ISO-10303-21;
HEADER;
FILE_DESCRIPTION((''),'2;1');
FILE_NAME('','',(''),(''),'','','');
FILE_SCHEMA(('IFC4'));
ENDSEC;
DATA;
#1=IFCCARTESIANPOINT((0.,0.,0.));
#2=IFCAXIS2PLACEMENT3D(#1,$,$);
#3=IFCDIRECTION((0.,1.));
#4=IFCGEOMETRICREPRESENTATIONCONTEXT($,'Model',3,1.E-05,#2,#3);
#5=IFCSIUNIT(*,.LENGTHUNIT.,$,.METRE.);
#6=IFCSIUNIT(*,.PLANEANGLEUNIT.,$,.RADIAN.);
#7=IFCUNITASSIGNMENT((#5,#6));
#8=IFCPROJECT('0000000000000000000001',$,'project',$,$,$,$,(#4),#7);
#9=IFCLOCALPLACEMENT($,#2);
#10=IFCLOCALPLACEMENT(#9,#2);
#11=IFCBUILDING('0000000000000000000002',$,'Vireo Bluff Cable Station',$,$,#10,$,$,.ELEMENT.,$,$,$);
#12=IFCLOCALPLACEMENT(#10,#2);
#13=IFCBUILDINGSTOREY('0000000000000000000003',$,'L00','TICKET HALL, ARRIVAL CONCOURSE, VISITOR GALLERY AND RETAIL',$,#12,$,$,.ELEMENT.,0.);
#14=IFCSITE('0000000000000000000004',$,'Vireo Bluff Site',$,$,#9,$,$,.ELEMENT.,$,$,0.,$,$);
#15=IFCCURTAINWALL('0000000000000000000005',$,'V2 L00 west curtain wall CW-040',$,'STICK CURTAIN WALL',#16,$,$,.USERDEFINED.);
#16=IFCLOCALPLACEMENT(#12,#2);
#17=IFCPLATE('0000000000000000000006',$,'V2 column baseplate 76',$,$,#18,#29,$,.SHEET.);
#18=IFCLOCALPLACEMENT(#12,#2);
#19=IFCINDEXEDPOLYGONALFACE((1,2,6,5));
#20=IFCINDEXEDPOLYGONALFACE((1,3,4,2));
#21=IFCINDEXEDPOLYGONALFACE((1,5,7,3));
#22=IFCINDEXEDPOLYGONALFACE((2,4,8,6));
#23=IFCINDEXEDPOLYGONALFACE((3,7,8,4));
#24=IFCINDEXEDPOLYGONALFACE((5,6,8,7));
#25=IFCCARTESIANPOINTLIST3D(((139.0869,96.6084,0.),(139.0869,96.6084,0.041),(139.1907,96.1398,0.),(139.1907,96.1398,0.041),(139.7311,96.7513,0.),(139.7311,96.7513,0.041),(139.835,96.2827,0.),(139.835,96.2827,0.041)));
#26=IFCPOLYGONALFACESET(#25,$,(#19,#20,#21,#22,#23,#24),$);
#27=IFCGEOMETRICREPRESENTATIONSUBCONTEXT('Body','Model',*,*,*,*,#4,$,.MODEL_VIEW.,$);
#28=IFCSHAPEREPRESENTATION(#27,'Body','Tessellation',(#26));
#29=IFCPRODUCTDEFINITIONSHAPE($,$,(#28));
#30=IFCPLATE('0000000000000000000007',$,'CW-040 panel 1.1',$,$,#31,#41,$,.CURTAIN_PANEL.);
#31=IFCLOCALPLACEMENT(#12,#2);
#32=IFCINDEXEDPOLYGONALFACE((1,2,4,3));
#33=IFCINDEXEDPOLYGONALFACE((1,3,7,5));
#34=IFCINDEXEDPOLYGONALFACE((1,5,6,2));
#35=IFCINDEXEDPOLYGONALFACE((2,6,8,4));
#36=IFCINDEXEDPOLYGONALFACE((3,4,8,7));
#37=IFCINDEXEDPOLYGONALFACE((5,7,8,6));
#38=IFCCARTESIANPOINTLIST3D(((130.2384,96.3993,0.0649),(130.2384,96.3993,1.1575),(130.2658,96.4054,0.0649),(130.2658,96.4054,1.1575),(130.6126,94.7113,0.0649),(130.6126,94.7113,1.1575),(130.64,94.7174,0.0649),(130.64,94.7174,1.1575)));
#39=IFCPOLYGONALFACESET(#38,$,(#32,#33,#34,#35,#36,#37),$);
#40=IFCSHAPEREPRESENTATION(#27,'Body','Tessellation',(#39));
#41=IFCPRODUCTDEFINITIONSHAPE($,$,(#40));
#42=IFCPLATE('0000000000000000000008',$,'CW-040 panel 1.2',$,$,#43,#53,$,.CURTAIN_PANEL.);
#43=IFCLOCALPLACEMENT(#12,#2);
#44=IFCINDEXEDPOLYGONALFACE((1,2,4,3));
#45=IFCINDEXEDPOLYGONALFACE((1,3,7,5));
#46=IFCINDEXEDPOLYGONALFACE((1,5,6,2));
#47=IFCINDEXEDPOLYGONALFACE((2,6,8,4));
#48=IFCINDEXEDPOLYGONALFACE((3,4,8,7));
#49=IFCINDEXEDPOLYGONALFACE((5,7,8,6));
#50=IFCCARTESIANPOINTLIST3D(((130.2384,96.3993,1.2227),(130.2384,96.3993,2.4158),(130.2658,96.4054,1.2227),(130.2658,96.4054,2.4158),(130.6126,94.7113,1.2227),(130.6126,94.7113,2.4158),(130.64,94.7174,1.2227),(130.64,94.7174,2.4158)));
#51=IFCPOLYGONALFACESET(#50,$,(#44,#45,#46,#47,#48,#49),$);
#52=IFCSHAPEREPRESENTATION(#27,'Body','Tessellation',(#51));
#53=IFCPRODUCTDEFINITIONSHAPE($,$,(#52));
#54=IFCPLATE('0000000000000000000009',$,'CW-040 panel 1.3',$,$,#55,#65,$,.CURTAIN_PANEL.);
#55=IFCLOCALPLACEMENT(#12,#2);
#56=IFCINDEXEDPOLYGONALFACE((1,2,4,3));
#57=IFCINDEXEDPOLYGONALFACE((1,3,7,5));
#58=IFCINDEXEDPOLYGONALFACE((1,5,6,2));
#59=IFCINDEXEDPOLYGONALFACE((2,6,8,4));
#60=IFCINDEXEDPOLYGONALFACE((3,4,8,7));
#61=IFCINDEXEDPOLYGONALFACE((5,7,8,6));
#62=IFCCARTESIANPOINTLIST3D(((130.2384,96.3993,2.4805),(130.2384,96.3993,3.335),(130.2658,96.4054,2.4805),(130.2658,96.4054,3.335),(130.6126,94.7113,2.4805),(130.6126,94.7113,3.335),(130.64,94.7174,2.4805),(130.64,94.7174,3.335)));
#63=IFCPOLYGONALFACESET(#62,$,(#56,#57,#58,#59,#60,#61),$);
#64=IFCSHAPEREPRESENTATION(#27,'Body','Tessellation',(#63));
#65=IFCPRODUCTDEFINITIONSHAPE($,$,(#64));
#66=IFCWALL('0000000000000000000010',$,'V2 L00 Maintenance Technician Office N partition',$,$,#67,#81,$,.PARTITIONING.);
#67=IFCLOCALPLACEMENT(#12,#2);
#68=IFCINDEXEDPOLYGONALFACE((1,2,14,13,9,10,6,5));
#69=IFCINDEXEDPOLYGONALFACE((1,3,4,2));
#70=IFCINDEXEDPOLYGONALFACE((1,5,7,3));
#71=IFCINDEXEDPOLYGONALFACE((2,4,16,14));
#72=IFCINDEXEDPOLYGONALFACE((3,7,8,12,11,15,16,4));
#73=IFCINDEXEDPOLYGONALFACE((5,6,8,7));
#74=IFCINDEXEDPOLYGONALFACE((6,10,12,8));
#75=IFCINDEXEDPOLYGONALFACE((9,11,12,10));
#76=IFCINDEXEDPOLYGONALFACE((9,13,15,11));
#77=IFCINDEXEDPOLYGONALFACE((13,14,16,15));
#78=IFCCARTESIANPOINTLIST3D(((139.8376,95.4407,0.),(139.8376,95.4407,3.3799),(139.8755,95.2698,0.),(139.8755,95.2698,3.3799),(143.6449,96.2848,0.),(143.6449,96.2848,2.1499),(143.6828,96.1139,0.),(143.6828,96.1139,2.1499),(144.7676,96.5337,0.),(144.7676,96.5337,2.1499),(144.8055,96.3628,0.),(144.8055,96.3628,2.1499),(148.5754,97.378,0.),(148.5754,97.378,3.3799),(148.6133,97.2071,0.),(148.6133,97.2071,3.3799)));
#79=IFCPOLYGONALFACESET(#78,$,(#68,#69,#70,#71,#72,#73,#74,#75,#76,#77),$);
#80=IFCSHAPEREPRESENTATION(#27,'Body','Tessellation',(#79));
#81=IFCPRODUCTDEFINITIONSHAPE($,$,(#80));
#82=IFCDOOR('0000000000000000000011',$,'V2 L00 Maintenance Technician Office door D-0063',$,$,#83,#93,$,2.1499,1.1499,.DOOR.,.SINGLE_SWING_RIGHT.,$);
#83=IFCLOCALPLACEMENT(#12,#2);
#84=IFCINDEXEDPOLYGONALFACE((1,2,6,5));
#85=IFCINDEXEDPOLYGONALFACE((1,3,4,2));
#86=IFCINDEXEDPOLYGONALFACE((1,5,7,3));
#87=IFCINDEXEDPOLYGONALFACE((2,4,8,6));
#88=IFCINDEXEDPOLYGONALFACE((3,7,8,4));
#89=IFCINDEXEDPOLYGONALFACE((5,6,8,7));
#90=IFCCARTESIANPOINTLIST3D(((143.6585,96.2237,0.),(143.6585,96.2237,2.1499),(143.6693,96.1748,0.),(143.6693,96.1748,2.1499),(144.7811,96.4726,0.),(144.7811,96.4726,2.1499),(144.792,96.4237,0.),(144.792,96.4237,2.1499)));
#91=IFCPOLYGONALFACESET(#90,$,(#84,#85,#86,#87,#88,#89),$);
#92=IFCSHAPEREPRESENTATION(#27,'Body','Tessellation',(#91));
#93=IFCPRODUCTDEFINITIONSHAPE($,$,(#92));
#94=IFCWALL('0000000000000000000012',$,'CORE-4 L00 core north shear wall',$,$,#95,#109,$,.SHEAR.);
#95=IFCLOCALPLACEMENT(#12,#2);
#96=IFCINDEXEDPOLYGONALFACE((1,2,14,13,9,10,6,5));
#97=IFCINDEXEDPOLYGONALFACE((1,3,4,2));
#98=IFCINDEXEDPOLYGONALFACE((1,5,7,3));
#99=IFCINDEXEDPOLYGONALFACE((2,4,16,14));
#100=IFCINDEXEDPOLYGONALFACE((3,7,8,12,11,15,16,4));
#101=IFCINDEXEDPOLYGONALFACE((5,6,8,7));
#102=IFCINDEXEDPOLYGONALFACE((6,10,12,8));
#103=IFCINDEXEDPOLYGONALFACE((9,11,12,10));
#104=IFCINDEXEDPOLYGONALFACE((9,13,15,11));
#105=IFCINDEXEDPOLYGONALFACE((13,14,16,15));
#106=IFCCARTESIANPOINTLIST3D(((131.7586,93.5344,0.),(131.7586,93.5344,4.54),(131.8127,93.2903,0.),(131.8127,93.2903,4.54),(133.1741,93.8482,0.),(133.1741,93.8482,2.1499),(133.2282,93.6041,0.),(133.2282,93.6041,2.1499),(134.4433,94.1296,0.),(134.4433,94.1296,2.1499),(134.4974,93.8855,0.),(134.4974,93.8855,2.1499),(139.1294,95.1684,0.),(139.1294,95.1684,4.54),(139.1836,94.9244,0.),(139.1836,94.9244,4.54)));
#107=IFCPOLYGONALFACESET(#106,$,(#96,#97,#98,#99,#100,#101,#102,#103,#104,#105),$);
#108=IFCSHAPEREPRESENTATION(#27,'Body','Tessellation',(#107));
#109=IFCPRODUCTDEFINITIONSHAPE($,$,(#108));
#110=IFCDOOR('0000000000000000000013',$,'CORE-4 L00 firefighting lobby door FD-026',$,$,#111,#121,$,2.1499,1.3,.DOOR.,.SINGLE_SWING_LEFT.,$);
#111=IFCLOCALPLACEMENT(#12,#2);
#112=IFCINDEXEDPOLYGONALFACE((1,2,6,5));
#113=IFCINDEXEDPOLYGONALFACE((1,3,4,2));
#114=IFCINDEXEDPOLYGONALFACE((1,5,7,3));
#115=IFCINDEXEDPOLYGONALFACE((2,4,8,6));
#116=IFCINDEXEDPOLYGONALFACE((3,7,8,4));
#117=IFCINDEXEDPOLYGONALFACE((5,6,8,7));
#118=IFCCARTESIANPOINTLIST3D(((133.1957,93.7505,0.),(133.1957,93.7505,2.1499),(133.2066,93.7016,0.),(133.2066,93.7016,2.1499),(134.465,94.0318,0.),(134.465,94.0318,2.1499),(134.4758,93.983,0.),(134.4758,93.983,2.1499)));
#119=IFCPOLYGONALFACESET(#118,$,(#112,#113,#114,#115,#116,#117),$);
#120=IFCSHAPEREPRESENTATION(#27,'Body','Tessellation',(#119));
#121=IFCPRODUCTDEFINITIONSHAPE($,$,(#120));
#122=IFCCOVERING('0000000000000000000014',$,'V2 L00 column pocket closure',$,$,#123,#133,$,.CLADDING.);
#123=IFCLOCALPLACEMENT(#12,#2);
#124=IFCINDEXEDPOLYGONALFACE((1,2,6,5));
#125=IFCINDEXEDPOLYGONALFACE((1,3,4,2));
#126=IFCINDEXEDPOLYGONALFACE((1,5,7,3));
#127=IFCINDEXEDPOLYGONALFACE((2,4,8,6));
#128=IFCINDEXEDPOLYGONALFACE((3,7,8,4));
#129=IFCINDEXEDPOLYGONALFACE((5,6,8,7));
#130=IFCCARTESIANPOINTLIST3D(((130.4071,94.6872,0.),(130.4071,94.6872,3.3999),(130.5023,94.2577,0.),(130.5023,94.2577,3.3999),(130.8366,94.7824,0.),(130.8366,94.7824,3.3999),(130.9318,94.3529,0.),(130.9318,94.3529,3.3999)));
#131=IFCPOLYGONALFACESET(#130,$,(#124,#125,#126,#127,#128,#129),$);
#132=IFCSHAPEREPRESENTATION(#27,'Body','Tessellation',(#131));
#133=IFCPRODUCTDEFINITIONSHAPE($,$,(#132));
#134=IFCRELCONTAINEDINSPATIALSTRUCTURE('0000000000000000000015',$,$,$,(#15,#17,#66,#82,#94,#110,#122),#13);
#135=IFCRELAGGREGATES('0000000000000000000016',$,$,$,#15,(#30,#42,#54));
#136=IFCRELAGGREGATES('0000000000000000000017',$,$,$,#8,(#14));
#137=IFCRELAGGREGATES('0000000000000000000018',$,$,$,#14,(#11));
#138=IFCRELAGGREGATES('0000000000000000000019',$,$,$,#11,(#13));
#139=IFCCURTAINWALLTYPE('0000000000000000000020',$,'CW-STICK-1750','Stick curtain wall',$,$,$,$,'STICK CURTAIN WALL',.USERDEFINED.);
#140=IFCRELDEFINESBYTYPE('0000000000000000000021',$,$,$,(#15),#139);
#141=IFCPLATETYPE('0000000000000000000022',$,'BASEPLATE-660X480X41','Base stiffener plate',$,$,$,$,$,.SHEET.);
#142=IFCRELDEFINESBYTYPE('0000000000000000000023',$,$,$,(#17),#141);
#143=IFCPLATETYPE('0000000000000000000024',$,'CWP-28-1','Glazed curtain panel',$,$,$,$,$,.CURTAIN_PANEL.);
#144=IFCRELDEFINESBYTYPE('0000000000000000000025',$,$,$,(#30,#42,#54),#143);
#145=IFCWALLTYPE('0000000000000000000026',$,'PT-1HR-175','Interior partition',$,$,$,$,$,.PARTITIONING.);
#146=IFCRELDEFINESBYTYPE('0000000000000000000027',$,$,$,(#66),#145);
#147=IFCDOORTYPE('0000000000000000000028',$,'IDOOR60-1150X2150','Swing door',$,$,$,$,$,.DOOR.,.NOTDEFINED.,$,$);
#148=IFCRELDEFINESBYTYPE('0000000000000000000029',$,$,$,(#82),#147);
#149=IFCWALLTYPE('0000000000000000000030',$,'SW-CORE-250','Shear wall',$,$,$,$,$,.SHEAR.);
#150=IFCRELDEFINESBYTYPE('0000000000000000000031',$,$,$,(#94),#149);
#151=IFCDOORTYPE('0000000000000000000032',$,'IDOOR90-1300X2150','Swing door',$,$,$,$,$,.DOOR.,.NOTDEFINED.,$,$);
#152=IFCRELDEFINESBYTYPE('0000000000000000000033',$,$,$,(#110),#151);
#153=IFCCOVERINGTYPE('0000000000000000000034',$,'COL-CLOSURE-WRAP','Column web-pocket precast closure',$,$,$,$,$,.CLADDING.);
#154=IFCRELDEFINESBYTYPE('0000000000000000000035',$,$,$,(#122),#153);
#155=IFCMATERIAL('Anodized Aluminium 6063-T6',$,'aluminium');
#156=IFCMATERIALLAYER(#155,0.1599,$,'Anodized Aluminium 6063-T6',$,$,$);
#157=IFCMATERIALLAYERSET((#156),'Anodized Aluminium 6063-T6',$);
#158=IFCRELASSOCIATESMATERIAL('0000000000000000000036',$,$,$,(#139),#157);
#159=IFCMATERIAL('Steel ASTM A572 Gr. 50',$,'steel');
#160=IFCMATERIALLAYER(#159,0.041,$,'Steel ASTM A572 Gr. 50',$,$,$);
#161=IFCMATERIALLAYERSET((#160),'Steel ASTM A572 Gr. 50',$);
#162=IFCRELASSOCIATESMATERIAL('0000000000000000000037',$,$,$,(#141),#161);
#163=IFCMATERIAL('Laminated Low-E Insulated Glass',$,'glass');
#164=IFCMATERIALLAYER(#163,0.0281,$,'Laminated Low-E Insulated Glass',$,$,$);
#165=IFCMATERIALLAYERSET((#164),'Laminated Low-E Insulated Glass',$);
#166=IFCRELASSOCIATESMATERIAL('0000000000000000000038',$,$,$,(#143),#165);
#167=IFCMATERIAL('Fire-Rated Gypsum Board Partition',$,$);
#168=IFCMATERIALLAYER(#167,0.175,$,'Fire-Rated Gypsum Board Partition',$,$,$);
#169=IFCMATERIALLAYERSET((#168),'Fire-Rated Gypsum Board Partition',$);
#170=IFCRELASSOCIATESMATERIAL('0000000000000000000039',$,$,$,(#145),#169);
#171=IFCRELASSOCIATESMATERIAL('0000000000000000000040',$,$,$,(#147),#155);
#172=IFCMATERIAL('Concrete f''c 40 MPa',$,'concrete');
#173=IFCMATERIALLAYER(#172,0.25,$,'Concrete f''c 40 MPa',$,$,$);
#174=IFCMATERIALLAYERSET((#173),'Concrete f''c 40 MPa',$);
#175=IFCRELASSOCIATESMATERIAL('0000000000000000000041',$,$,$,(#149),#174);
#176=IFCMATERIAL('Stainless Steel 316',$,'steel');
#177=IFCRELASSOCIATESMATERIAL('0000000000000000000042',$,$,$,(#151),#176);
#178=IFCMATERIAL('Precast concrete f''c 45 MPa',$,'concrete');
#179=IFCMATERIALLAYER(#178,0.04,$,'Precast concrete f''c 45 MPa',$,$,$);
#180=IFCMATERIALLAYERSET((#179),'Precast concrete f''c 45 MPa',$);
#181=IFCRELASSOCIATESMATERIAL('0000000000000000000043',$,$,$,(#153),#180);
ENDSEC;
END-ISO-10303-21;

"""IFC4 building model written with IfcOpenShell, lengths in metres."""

from ifc_helpers import new_model, si_unit, direction, frame, frame_2d, origin, origin_with_axes, origin_2d, place, context, subcontext, project, spatial, rectangle, extrude, material, layer, layer_set, type_object, element, fill, aggregate, save


model = new_model("IFC4")

# Units and contexts
model_context = context("Model", 3, precision=1e-05, world=origin(), true_north=direction((0.0, 1.0)))
body_context = subcontext(model_context, "Body", "Model", "MODEL_VIEW")
ifc_project = project(units=[si_unit("LENGTHUNIT", "METRE"), si_unit("PLANEANGLEUNIT", "RADIAN")], contexts=[model_context])

# Site, building, storey
site_placement = place(None, origin())
site = spatial("IfcSite", under=ifc_project, at=site_placement, Name="Vireo Bluff Site", CompositionType="ELEMENT", RefElevation=0.0)
building_placement = place(site_placement, origin())
building = spatial("IfcBuilding", under=site, at=building_placement, Name="Vireo Bluff Cable Station", CompositionType="ELEMENT")
storey_placement = place(building_placement, origin())
storey = spatial("IfcBuildingStorey", under=building, at=storey_placement, Name="L00", Description="TICKET HALL, ARRIVAL CONCOURSE, VISITOR GALLERY AND RETAIL", CompositionType="ELEMENT", Elevation=0.0)

# Shared definitions
ifc_material_1 = material(Name="Concrete f'c 40 MPa", Category="concrete")

# Curtain wall
ifc_material_2 = material(Name="Anodized Aluminium 6063-T6", Category="aluminium")
ifc_layer_1 = layer(ifc_material_2, 0.1599, Name="Anodized Aluminium 6063-T6")
ifc_layer_set_1 = layer_set([ifc_layer_1], Name="Anodized Aluminium 6063-T6")
curtain_wall_type = type_object("IfcCurtainWallType", Name="CW-STICK-1750", Description="Stick curtain wall", ElementType="STICK CURTAIN WALL", PredefinedType="USERDEFINED", material=ifc_layer_set_1)
curtain_wall_placement = place(storey_placement, origin())
curtain_wall = element("IfcCurtainWall", 1, at=curtain_wall_placement, inside=storey, type_object=curtain_wall_type, Name="V2 L00 west curtain wall CW-040", ObjectType="STICK CURTAIN WALL", PredefinedType="USERDEFINED")

# Plate
ifc_material_3 = material(Name="Steel ASTM A572 Gr. 50", Category="steel")
ifc_layer_2 = layer(ifc_material_3, 0.041, Name="Steel ASTM A572 Gr. 50")
ifc_layer_set_2 = layer_set([ifc_layer_2], Name="Steel ASTM A572 Gr. 50")
plate_type_1 = type_object("IfcPlateType", Name="BASEPLATE-660X480X41", Description="Base stiffener plate", PredefinedType="SHEET", material=ifc_layer_set_2)
plate_1_placement = place(storey_placement, frame((139.4609, 96.4456, 0.0), z_axis=(0.0, 0.0, 1.0), x_axis=(0.976296, 0.21644, 0.0)))
element("IfcPlate", 2, at=plate_1_placement, inside=storey, type_object=plate_type_1, Name="V2 column baseplate 76", PredefinedType="SHEET", context=body_context, shape_type="SweptSolid", body=[
    extrude(rectangle(XDim=0.6599, YDim=0.48, at=origin_2d()), origin(), (0.0, 0.0, 1.0), 0.041),
])

# Plates
ifc_material_4 = material(Name="Laminated Low-E Insulated Glass", Category="glass")
ifc_layer_3 = layer(ifc_material_4, 0.0281, Name="Laminated Low-E Insulated Glass")
ifc_layer_set_3 = layer_set([ifc_layer_3], Name="Laminated Low-E Insulated Glass")
plate_type_2 = type_object("IfcPlateType", Name="CWP-28-1", Description="Glazed curtain panel", PredefinedType="CURTAIN_PANEL", material=ifc_layer_set_3)
plate_2_placement = place(storey_placement, frame((130.4392, 95.5583, 0.0649), z_axis=(0.0, 0.0, 1.0), x_axis=(-0.21644, 0.976296, 0.0)))
plate_2 = element("IfcPlate", 3, at=plate_2_placement, type_object=plate_type_2, Name="CW-040 panel 1.1", PredefinedType="CURTAIN_PANEL", context=body_context, shape_type="SweptSolid", body=[
    extrude(rectangle(XDim=1.729, YDim=0.0281, at=origin_2d()), origin(), (0.0, 0.0, 1.0), 1.0925),
])
plate_3_placement = place(storey_placement, frame((130.4392, 95.5583, 1.2227), z_axis=(0.0, 0.0, 1.0), x_axis=(-0.21644, 0.976296, 0.0)))
plate_3 = element("IfcPlate", 4, at=plate_3_placement, type_object=plate_type_2, Name="CW-040 panel 1.2", PredefinedType="CURTAIN_PANEL", context=body_context, shape_type="SweptSolid", body=[
    extrude(rectangle(XDim=1.729, YDim=0.0281, at=origin_2d()), origin(), (0.0, 0.0, 1.0), 1.1931),
])
plate_4_placement = place(storey_placement, frame((130.4392, 95.5583, 2.4805), z_axis=(0.0, 0.0, 1.0), x_axis=(-0.21644, 0.976296, 0.0)))
plate_4 = element("IfcPlate", 5, at=plate_4_placement, type_object=plate_type_2, Name="CW-040 panel 1.3", PredefinedType="CURTAIN_PANEL", context=body_context, shape_type="SweptSolid", body=[
    extrude(rectangle(XDim=1.729, YDim=0.0281, at=origin_2d()), origin(), (0.0, 0.0, 1.0), 0.8545),
])
aggregate(curtain_wall, [plate_2, plate_3, plate_4])

# Walls, openings, doors
ifc_material_5 = material(Name="Fire-Rated Gypsum Board Partition")
ifc_layer_4 = layer(ifc_material_5, 0.175, Name="Fire-Rated Gypsum Board Partition")
ifc_layer_set_4 = layer_set([ifc_layer_4], Name="Fire-Rated Gypsum Board Partition")
wall_type_1 = type_object("IfcWallType", Name="PT-1HR-175", Description="Interior partition", PredefinedType="PARTITIONING", material=ifc_layer_set_4)
wall_1_placement = place(storey_placement, frame((139.8564, 95.3552, 0.0), z_axis=(0.0, 0.0, 1.0), x_axis=(0.976293, 0.216454, 0.0)))
wall_1 = element("IfcWall", 6, at=wall_1_placement, inside=storey, type_object=wall_type_1, Name="V2 L00 Maintenance Technician Office N partition", PredefinedType="PARTITIONING", context=body_context, shape_type="SweptSolid", body=[
    extrude(rectangle(XDim=8.95, YDim=0.175, at=frame_2d((4.4751, 0.0))), origin(), (0.0, 0.0, 1.0), 3.3799),
])
opening_1_placement = place(wall_1_placement, frame((3.8999, 0.0, 0.0)))
opening_1 = element("IfcOpeningElement", 7, at=opening_1_placement, cuts=wall_1, PredefinedType="OPENING", context=body_context, shape_type="SweptSolid", body=[
    extrude(rectangle(XDim=1.1499, YDim=2.1499, at=frame_2d((0.575, 1.075))), frame((0.0, 0.0977, 0.0), z_axis=(0.0, -1.0, 0.0), x_axis=(1.0, 0.0, 0.0)), (0.0, 0.0, 1.0), 0.1951),
])
door_type_1 = type_object("IfcDoorType", Name="IDOOR60-1150X2150", Description="Swing door", OperationType="NOTDEFINED", PredefinedType="DOOR", material=ifc_material_2)
door_1_placement = place(opening_1_placement, origin_with_axes())
door_1 = element("IfcDoor", 8, at=door_1_placement, inside=storey, type_object=door_type_1, Name="V2 L00 Maintenance Technician Office door D-0063", OperationType="SINGLE_SWING_RIGHT", OverallHeight=2.1499, OverallWidth=1.1499, PredefinedType="DOOR", context=body_context, shape_type="SweptSolid", body=[
    extrude(rectangle(XDim=1.1499, YDim=2.1499, at=frame_2d((0.575, 1.075))), frame((0.0, 0.0249, 0.0), z_axis=(0.0, -1.0, 0.0), x_axis=(1.0, 0.0, 0.0)), (0.0, 0.0, 1.0), 0.05),
])
fill(opening_1, door_1)
ifc_layer_5 = layer(ifc_material_1, 0.25, Name="Concrete f'c 40 MPa")
ifc_layer_set_5 = layer_set([ifc_layer_5], Name="Concrete f'c 40 MPa")
wall_type_2 = type_object("IfcWallType", Name="SW-CORE-250", Description="Shear wall", PredefinedType="SHEAR", material=ifc_layer_set_5)
wall_2_placement = place(storey_placement, frame((131.7856, 93.4124, 0.0), z_axis=(0.0, 0.0, 1.0), x_axis=(0.976297, 0.216434, 0.0)))
wall_2 = element("IfcWall", 9, at=wall_2_placement, inside=storey, type_object=wall_type_2, Name="CORE-4 L00 core north shear wall", PredefinedType="SHEAR", context=body_context, shape_type="SweptSolid", body=[
    extrude(rectangle(XDim=7.5498, YDim=0.25, at=frame_2d((3.7749, 0.0))), origin(), (0.0, 0.0, 1.0), 4.54),
])
opening_2_placement = place(wall_2_placement, frame((1.45, 0.0, 0.0)))
opening_2 = element("IfcOpeningElement", 10, at=opening_2_placement, cuts=wall_2, PredefinedType="OPENING", context=body_context, shape_type="SweptSolid", body=[
    extrude(rectangle(XDim=1.3, YDim=2.1499, at=frame_2d((0.6499, 1.075))), frame((0.0, 0.135, 0.0), z_axis=(0.0, -1.0, 0.0), x_axis=(1.0, 0.0, 0.0)), (0.0, 0.0, 1.0), 0.27),
])
ifc_material_6 = material(Name="Stainless Steel 316", Category="steel")
door_type_2 = type_object("IfcDoorType", Name="IDOOR90-1300X2150", Description="Swing door", OperationType="NOTDEFINED", PredefinedType="DOOR", material=ifc_material_6)
door_2_placement = place(opening_2_placement, origin_with_axes())
door_2 = element("IfcDoor", 11, at=door_2_placement, inside=storey, type_object=door_type_2, Name="CORE-4 L00 firefighting lobby door FD-026", OperationType="SINGLE_SWING_LEFT", OverallHeight=2.1499, OverallWidth=1.3, PredefinedType="DOOR", context=body_context, shape_type="SweptSolid", body=[
    extrude(rectangle(XDim=1.3, YDim=2.1499, at=frame_2d((0.6499, 1.075))), frame((0.0, 0.0249, 0.0), z_axis=(0.0, -1.0, 0.0), x_axis=(1.0, 0.0, 0.0)), (0.0, 0.0, 1.0), 0.05),
])
fill(opening_2, door_2)

# Covering
ifc_material_7 = material(Name="Precast concrete f'c 45 MPa", Category="concrete")
ifc_layer_6 = layer(ifc_material_7, 0.04, Name="Precast concrete f'c 45 MPa")
ifc_layer_set_6 = layer_set([ifc_layer_6], Name="Precast concrete f'c 45 MPa")
covering_type = type_object("IfcCoveringType", Name="COL-CLOSURE-WRAP", Description="Column web-pocket precast closure", PredefinedType="CLADDING", material=ifc_layer_set_6)
covering_placement = place(storey_placement, frame((130.6694, 94.52, 0.0), z_axis=(0.0, 0.0, 1.0), x_axis=(0.976296, 0.21644, 0.0)))
element("IfcCovering", 12, at=covering_placement, inside=storey, type_object=covering_type, Name="V2 L00 column pocket closure", PredefinedType="CLADDING", context=body_context, shape_type="SweptSolid", body=[
    extrude(rectangle(XDim=0.4399, YDim=0.4399, at=origin_2d()), origin(), (0.0, 0.0, 1.0), 3.3999),
])

save(model, "model.ifc")
